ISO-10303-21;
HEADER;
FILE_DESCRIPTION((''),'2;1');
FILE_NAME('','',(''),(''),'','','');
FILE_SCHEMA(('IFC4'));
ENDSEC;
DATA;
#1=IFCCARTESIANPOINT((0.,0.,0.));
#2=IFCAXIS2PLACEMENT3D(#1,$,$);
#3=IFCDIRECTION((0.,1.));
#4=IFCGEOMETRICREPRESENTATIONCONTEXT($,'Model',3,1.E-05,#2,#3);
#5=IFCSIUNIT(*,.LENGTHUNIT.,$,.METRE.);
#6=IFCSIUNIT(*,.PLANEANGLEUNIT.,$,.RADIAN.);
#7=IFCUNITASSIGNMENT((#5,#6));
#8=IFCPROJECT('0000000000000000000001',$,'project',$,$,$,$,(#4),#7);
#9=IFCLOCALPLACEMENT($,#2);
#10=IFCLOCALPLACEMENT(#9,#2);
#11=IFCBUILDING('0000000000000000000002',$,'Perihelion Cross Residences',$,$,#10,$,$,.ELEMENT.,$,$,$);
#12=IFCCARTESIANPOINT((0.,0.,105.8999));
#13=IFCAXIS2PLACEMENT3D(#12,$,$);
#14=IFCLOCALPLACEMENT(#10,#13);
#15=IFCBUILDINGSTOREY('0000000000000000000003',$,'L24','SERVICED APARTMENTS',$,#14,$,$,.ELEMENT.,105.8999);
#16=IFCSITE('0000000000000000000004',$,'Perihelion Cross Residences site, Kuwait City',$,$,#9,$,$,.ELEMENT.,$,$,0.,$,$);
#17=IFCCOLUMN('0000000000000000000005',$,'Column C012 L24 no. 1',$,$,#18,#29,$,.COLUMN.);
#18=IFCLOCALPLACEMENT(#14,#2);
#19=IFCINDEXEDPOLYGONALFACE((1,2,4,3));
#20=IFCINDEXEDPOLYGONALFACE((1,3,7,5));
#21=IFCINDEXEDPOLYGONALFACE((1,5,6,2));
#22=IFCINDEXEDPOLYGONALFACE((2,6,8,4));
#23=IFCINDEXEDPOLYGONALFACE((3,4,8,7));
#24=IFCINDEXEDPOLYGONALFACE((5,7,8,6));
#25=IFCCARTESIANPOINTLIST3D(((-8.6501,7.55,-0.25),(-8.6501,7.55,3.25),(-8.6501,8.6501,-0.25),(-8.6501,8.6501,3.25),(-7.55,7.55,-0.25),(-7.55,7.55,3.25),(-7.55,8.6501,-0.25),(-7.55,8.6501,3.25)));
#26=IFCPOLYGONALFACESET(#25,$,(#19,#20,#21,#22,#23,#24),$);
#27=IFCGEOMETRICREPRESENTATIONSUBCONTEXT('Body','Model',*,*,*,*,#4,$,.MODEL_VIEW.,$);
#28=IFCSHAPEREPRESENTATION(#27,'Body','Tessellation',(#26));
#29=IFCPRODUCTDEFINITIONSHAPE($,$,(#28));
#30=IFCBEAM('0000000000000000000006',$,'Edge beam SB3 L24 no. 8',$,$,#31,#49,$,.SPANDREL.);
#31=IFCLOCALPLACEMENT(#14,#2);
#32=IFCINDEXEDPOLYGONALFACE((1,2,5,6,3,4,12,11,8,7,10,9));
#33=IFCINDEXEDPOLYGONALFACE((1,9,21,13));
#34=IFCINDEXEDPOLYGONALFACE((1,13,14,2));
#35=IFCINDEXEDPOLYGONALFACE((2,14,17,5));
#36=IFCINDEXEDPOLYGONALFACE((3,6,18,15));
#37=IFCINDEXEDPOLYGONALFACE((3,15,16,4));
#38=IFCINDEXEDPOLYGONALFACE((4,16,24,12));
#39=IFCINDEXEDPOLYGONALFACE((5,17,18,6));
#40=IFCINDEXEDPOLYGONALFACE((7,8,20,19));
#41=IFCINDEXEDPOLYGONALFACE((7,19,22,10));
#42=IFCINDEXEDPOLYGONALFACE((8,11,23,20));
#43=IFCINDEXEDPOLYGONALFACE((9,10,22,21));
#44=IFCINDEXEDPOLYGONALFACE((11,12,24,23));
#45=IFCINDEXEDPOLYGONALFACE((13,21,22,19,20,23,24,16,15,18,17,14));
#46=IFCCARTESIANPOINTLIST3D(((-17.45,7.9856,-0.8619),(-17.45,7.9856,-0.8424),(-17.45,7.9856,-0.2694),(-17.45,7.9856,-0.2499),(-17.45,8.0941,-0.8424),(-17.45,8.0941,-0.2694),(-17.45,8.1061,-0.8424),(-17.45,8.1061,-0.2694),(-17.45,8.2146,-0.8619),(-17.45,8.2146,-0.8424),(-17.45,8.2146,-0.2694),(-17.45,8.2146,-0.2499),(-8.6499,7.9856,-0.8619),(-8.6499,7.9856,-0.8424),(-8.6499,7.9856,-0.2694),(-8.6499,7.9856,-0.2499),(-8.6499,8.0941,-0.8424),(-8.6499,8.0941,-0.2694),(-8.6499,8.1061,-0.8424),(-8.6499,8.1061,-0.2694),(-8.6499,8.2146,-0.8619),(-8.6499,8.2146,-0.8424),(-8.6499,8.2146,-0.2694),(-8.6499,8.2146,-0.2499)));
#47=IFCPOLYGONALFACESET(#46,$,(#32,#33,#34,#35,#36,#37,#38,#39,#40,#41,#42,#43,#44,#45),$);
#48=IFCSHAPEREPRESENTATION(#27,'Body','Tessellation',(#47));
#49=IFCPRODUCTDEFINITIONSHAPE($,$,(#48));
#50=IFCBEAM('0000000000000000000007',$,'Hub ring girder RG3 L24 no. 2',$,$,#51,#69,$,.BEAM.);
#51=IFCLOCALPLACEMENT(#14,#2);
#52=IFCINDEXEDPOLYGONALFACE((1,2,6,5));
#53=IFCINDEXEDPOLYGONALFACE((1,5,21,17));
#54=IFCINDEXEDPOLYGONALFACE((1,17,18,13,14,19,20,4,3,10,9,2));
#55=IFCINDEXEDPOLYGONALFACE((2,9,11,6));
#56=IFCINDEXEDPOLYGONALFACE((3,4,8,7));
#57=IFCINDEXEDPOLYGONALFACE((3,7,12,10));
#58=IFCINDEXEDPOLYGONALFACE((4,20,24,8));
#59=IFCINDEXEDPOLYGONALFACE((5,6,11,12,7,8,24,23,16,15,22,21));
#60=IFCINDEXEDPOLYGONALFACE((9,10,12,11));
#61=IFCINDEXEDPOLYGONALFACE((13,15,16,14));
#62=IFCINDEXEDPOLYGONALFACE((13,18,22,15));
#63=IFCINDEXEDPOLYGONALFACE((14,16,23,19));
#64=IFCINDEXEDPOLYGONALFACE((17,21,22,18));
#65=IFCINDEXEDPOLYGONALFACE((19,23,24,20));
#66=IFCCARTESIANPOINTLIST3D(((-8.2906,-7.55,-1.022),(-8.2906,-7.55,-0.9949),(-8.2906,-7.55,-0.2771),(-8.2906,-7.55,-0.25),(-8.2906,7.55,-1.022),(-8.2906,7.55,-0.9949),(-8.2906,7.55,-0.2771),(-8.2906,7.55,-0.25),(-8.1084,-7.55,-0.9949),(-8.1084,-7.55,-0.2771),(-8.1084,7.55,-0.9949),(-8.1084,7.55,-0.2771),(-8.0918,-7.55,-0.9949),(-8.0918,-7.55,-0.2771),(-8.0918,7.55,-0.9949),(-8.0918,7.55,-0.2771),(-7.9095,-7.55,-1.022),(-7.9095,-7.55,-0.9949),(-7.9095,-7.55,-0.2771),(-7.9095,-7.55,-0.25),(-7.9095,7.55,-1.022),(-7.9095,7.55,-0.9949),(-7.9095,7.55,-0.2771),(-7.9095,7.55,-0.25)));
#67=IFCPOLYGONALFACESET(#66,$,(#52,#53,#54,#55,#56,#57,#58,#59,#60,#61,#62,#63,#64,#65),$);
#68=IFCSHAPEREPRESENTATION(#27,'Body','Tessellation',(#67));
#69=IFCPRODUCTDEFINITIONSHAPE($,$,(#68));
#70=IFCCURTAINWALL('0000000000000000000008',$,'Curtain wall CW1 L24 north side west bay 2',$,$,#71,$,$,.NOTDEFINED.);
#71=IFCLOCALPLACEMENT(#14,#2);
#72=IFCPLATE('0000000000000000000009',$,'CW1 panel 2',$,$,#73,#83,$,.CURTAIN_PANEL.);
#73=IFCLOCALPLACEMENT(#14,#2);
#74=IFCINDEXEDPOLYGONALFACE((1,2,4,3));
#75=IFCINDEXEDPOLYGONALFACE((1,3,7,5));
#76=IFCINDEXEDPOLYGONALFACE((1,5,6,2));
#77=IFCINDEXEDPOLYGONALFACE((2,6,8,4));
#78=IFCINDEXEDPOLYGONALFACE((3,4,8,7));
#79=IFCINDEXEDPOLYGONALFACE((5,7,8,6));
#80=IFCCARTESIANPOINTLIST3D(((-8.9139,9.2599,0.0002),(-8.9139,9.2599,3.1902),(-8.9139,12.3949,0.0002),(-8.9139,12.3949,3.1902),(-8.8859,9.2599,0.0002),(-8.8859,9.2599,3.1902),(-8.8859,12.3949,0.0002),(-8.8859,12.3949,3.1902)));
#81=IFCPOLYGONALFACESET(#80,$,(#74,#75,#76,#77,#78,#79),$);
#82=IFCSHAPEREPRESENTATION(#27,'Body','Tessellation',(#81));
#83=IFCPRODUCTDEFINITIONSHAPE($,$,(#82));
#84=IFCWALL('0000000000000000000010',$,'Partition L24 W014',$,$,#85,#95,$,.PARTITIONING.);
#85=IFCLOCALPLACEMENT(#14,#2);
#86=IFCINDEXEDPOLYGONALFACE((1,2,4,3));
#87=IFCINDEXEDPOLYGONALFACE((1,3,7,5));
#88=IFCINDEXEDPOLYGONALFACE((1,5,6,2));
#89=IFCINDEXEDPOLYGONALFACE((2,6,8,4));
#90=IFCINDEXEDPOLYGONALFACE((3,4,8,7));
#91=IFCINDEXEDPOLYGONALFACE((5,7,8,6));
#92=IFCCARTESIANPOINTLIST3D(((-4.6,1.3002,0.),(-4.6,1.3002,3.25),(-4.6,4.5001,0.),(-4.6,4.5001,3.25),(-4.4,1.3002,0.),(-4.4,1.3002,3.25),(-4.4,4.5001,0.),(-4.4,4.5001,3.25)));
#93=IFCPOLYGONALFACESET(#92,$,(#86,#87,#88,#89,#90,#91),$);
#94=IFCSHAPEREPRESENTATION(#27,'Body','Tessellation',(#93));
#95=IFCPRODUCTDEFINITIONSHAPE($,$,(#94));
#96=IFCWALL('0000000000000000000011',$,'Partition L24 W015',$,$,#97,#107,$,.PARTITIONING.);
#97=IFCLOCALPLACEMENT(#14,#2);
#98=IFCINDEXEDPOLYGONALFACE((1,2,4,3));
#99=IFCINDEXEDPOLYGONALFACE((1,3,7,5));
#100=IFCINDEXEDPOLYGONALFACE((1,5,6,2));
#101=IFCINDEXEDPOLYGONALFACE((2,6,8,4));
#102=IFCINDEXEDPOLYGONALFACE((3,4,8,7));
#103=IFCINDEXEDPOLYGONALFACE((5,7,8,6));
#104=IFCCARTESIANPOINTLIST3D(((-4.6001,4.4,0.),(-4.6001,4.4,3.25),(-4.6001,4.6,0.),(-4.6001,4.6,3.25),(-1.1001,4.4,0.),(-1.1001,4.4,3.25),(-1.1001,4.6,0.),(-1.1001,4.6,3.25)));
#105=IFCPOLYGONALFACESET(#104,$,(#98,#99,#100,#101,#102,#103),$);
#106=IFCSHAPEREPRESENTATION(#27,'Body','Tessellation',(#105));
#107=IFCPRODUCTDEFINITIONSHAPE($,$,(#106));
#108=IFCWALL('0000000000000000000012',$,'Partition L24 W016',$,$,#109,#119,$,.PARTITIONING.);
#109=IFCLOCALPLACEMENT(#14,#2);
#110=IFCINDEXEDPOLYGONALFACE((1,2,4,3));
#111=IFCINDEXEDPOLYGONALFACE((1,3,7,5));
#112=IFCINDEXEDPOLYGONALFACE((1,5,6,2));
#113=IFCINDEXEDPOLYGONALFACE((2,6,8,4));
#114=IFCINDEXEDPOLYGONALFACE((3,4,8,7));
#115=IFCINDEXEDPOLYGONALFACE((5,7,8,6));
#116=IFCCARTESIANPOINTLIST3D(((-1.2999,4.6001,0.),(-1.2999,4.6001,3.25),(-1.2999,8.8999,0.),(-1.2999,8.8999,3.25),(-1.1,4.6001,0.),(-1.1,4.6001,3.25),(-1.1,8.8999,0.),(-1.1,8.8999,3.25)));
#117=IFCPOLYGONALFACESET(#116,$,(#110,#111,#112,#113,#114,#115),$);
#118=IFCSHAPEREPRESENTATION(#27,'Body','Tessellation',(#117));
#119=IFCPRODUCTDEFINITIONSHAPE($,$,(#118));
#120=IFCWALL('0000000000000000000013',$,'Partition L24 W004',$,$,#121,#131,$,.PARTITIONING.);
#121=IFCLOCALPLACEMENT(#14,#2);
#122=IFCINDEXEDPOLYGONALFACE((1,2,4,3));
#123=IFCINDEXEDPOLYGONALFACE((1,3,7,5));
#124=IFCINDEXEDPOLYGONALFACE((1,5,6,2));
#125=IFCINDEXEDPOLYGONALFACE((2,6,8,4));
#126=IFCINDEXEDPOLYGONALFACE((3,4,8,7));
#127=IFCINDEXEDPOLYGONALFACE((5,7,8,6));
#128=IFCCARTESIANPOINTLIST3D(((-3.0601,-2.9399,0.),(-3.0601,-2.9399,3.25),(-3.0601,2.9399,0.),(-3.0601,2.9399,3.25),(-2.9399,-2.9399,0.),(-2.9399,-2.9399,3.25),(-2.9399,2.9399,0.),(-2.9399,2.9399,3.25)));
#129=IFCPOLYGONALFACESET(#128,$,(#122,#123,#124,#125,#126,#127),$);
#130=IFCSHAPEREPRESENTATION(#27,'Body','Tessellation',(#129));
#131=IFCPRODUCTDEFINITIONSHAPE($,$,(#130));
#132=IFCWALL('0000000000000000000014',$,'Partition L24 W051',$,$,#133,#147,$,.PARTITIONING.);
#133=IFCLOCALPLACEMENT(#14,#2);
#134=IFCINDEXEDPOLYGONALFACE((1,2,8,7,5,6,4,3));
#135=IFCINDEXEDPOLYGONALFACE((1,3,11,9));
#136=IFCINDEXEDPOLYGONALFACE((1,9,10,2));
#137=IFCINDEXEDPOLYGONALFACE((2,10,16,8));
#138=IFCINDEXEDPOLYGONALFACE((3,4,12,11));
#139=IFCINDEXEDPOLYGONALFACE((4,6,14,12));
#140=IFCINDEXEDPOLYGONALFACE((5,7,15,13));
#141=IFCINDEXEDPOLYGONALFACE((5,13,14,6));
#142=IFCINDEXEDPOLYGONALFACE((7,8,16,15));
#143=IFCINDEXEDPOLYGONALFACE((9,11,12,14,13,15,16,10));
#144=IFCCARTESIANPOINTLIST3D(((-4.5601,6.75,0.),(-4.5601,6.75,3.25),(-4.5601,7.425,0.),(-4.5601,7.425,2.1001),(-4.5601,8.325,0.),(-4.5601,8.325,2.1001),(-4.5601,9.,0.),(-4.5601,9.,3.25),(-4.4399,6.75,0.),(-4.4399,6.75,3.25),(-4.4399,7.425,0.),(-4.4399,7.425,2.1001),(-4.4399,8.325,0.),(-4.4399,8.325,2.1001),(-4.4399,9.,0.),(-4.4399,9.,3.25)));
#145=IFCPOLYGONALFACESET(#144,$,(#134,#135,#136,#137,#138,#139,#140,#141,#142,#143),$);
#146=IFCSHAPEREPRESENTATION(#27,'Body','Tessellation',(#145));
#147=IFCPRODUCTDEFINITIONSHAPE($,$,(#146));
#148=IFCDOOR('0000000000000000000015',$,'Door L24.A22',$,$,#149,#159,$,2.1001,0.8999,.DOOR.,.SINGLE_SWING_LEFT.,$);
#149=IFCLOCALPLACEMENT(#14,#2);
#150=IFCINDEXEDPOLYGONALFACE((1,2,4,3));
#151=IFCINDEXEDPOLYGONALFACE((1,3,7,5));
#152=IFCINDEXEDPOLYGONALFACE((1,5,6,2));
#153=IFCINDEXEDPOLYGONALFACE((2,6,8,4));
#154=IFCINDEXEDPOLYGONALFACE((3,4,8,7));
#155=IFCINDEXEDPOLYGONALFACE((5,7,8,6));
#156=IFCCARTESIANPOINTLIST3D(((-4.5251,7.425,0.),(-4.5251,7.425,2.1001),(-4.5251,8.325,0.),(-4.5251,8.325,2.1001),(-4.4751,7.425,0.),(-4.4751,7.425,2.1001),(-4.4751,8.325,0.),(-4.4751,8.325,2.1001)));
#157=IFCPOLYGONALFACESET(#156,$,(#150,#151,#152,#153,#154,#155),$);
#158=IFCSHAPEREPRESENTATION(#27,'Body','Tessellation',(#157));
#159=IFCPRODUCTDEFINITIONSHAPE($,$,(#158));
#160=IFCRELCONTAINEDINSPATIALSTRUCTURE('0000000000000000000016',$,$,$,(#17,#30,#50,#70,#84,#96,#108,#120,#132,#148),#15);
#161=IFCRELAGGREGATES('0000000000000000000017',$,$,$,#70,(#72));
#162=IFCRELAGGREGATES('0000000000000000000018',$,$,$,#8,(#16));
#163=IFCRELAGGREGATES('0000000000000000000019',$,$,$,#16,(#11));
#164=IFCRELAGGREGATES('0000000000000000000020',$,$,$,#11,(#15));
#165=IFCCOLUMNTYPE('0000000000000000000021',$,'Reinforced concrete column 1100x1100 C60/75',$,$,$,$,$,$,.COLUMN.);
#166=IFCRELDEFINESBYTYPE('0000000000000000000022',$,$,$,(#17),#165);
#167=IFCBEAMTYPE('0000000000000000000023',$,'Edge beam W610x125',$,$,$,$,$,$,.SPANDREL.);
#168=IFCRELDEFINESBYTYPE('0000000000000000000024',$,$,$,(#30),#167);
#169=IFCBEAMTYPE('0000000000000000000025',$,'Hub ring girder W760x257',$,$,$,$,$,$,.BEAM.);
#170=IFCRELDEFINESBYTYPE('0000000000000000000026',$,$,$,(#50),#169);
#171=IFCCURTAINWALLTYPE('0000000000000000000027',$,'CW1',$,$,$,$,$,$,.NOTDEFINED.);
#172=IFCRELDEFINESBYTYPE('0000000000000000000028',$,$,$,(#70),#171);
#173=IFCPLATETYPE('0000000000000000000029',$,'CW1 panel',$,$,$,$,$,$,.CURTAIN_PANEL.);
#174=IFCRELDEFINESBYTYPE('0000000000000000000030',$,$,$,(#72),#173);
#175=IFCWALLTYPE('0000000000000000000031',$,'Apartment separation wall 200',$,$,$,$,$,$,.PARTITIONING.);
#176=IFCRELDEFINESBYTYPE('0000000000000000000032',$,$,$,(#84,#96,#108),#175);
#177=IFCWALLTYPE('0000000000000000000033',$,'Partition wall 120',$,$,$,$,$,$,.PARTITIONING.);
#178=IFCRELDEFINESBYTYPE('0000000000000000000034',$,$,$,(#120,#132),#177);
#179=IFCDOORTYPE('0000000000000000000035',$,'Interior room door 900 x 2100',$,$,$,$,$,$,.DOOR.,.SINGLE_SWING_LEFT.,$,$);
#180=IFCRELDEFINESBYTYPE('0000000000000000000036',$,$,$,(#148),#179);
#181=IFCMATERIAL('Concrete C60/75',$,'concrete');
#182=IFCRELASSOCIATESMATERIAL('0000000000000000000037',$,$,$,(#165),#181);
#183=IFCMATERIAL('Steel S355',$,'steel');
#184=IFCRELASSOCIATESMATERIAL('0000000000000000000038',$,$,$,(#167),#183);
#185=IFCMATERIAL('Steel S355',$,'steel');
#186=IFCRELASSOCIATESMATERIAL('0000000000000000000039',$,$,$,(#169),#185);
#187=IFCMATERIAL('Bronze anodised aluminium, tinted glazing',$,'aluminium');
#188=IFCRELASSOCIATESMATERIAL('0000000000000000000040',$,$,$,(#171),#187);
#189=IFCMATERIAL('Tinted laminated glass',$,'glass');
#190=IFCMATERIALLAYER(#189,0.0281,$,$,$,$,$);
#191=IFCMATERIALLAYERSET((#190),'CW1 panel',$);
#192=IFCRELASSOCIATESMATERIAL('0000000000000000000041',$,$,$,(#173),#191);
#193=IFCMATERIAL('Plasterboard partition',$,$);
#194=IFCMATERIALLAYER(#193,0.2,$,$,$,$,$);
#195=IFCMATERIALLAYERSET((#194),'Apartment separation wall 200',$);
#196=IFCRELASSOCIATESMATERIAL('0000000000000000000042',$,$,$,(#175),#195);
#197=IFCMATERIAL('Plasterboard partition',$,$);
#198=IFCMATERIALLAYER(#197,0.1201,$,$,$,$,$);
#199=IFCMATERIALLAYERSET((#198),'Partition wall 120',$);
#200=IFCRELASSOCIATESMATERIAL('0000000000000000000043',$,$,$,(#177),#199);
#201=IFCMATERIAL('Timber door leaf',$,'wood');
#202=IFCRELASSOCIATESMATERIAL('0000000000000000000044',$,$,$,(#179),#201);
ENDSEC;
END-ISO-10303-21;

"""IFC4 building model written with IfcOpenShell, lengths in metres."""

from ifc_helpers import new_model, si_unit, direction, frame, frame_2d, origin, origin_2d, place, context, subcontext, project, spatial, rectangle, i_section, extrude, material, layer, layer_set, material_profile, profile_set, type_object, element, fill, aggregate, save


model = new_model("IFC4")

# Units and contexts
model_context = context("Model", 3, precision=1e-05, world=origin(), true_north=direction((0.0, 1.0)))
body_context = subcontext(model_context, "Body", "Model", "MODEL_VIEW")
ifc_project = project(units=[si_unit("LENGTHUNIT", "METRE"), si_unit("PLANEANGLEUNIT", "RADIAN")], contexts=[model_context])

# Site, building, storey
site_placement = place(None, origin())
site = spatial("IfcSite", under=ifc_project, at=site_placement, Name="Perihelion Cross Residences site, Kuwait City", CompositionType="ELEMENT", RefElevation=0.0)
building_placement = place(site_placement, origin())
building = spatial("IfcBuilding", under=site, at=building_placement, Name="Perihelion Cross Residences", CompositionType="ELEMENT")
storey_placement = place(building_placement, frame((0.0, 0.0, 105.8999)))
storey = spatial("IfcBuildingStorey", under=building, at=storey_placement, Name="L24", Description="SERVICED APARTMENTS", CompositionType="ELEMENT", Elevation=105.8999)

# Column
ifc_material_1 = material(Name="Concrete C60/75", Category="concrete")
ifc_material_profile_1 = material_profile(ifc_material_1, rectangle(XDim=1.1001, YDim=1.1001, at=origin_2d()), Name="RC 1100x1100")
ifc_profile_set_1 = profile_set([ifc_material_profile_1], Name="Concrete C60/75")
column_type = type_object("IfcColumnType", Name="Reinforced concrete column 1100x1100 C60/75", PredefinedType="COLUMN", material=ifc_profile_set_1)
column_placement = place(storey_placement, frame((-8.1001, 8.1001, -0.25), z_axis=(0.0, 0.0, 1.0), x_axis=(1.0, 0.0, 0.0)))
element("IfcColumn", 1, at=column_placement, inside=storey, type_object=column_type, Name="Column C012 L24 no. 1", PredefinedType="COLUMN", context=body_context, shape_type="SweptSolid", body=[
    extrude(rectangle(XDim=1.1001, YDim=1.1001, at=origin_2d()), origin(), (0.0, 0.0, 1.0), 3.5),
])

# Beams
ifc_material_2 = material(Name="Steel S355", Category="steel")
ifc_material_profile_2 = material_profile(ifc_material_2, i_section(OverallWidth=0.229, OverallDepth=0.6121, WebThickness=0.012, FlangeThickness=0.0195, at=origin_2d()), Name="W610x125")
ifc_profile_set_2 = profile_set([ifc_material_profile_2], Name="Steel S355")
beam_type_1 = type_object("IfcBeamType", Name="Edge beam W610x125", PredefinedType="SPANDREL", material=ifc_profile_set_2)
beam_1_placement = place(storey_placement, frame((-8.6499, 8.1001, -0.5559), z_axis=(-1.0, 0.0, 0.0), x_axis=(0.0, -1.0, 0.0)))
element("IfcBeam", 2, at=beam_1_placement, inside=storey, type_object=beam_type_1, Name="Edge beam SB3 L24 no. 8", PredefinedType="SPANDREL", context=body_context, shape_type="SweptSolid", body=[
    extrude(i_section(OverallWidth=0.229, OverallDepth=0.6121, WebThickness=0.012, FlangeThickness=0.0195, at=origin_2d()), origin(), (0.0, 0.0, 1.0), 8.8),
])
ifc_material_3 = material(Name="Steel S355", Category="steel")
ifc_material_profile_3 = material_profile(ifc_material_3, i_section(OverallWidth=0.3811, OverallDepth=0.772, WebThickness=0.0166, FlangeThickness=0.0271, at=origin_2d()), Name="W760x257")
ifc_profile_set_3 = profile_set([ifc_material_profile_3], Name="Steel S355")
beam_type_2 = type_object("IfcBeamType", Name="Hub ring girder W760x257", PredefinedType="BEAM", material=ifc_profile_set_3)
beam_2_placement = place(storey_placement, frame((-8.1001, 7.55, -0.636), z_axis=(0.0, -1.0, 0.0), x_axis=(1.0, 0.0, 0.0)))
element("IfcBeam", 3, at=beam_2_placement, inside=storey, type_object=beam_type_2, Name="Hub ring girder RG3 L24 no. 2", PredefinedType="BEAM", context=body_context, shape_type="SweptSolid", body=[
    extrude(i_section(OverallWidth=0.3811, OverallDepth=0.772, WebThickness=0.0166, FlangeThickness=0.0271, at=origin_2d()), origin(), (0.0, 0.0, 1.0), 15.1001),
])

# Curtain wall, plate
ifc_material_4 = material(Name="Bronze anodised aluminium, tinted glazing", Category="aluminium")
curtain_wall_type = type_object("IfcCurtainWallType", Name="CW1", PredefinedType="NOTDEFINED", material=ifc_material_4)
curtain_wall_placement = place(storey_placement, origin())
curtain_wall = element("IfcCurtainWall", 4, at=curtain_wall_placement, inside=storey, type_object=curtain_wall_type, Name="Curtain wall CW1 L24 north side west bay 2", PredefinedType="NOTDEFINED")
ifc_material_5 = material(Name="Tinted laminated glass", Category="glass")
ifc_layer_1 = layer(ifc_material_5, 0.0281)
ifc_layer_set_1 = layer_set([ifc_layer_1], Name="CW1 panel")
plate_type = type_object("IfcPlateType", Name="CW1 panel", PredefinedType="CURTAIN_PANEL", material=ifc_layer_set_1)
plate_placement = place(storey_placement, frame((-8.8999, 10.8274, 0.0002), z_axis=(0.0, 0.0, 1.0), x_axis=(0.0, -1.0, 0.0)))
plate = element("IfcPlate", 5, at=plate_placement, type_object=plate_type, Name="CW1 panel 2", PredefinedType="CURTAIN_PANEL", context=body_context, shape_type="SweptSolid", body=[
    extrude(rectangle(XDim=3.135, YDim=0.0281, at=origin_2d()), origin(), (0.0, 0.0, 1.0), 3.1899),
])
aggregate(curtain_wall, [plate])

# Walls
ifc_material_6 = material(Name="Plasterboard partition")
ifc_layer_2 = layer(ifc_material_6, 0.2)
ifc_layer_set_2 = layer_set([ifc_layer_2], Name="Apartment separation wall 200")
wall_type_1 = type_object("IfcWallType", Name="Apartment separation wall 200", PredefinedType="PARTITIONING", material=ifc_layer_set_2)
wall_1_placement = place(storey_placement, frame((-4.5, 1.3, 0.0), z_axis=(0.0, 0.0, 1.0), x_axis=(0.0, 1.0, 0.0)))
element("IfcWall", 6, at=wall_1_placement, inside=storey, type_object=wall_type_1, Name="Partition L24 W014", PredefinedType="PARTITIONING", context=body_context, shape_type="SweptSolid", body=[
    extrude(rectangle(XDim=3.2, YDim=0.2, at=frame_2d((1.6001, 0.0))), origin(), (0.0, 0.0, 1.0), 3.25),
])
wall_2_placement = place(storey_placement, frame((-4.6001, 4.5, 0.0), z_axis=(0.0, 0.0, 1.0), x_axis=(1.0, 0.0, 0.0)))
element("IfcWall", 7, at=wall_2_placement, inside=storey, type_object=wall_type_1, Name="Partition L24 W015", PredefinedType="PARTITIONING", context=body_context, shape_type="SweptSolid", body=[
    extrude(rectangle(XDim=3.5, YDim=0.2, at=frame_2d((1.75, 0.0))), origin(), (0.0, 0.0, 1.0), 3.25),
])
wall_3_placement = place(storey_placement, frame((-1.2, 4.6001, 0.0), z_axis=(0.0, 0.0, 1.0), x_axis=(0.0, 1.0, 0.0)))
element("IfcWall", 8, at=wall_3_placement, inside=storey, type_object=wall_type_1, Name="Partition L24 W016", PredefinedType="PARTITIONING", context=body_context, shape_type="SweptSolid", body=[
    extrude(rectangle(XDim=4.2998, YDim=0.2, at=frame_2d((2.1499, 0.0))), origin(), (0.0, 0.0, 1.0), 3.25),
])
ifc_material_7 = material(Name="Plasterboard partition")
ifc_layer_3 = layer(ifc_material_7, 0.1201)
ifc_layer_set_3 = layer_set([ifc_layer_3], Name="Partition wall 120")
wall_type_2 = type_object("IfcWallType", Name="Partition wall 120", PredefinedType="PARTITIONING", material=ifc_layer_set_3)
wall_4_placement = place(storey_placement, frame((-3.0, 2.9399, 0.0), z_axis=(0.0, 0.0, 1.0), x_axis=(0.0, -1.0, 0.0)))
element("IfcWall", 9, at=wall_4_placement, inside=storey, type_object=wall_type_2, Name="Partition L24 W004", PredefinedType="PARTITIONING", context=body_context, shape_type="SweptSolid", body=[
    extrude(rectangle(XDim=5.8799, YDim=0.1201, at=frame_2d((2.9399, 0.0))), origin(), (0.0, 0.0, 1.0), 3.25),
])

# Wall, opening, door
wall_5_placement = place(storey_placement, frame((-4.5, 9.0, 0.0), z_axis=(0.0, 0.0, 1.0), x_axis=(0.0, -1.0, 0.0)))
wall_5 = element("IfcWall", 10, at=wall_5_placement, inside=storey, type_object=wall_type_2, Name="Partition L24 W051", PredefinedType="PARTITIONING", context=body_context, shape_type="SweptSolid", body=[
    extrude(rectangle(XDim=2.25, YDim=0.1201, at=frame_2d((1.125, 0.0))), origin(), (0.0, 0.0, 1.0), 3.25),
])
opening_1_placement = place(wall_5_placement, frame((0.675, 0.0, 0.0)))
opening_1 = element("IfcOpeningElement", 11, at=opening_1_placement, cuts=wall_5, PredefinedType="OPENING", context=body_context, shape_type="SweptSolid", body=[
    extrude(rectangle(XDim=0.8999, YDim=2.1001, at=frame_2d((0.45, 1.05))), frame((0.0, 0.0701, 0.0), z_axis=(0.0, -1.0, 0.0), x_axis=(1.0, 0.0, 0.0)), (0.0, 0.0, 1.0), 0.1401),
])
ifc_material_8 = material(Name="Timber door leaf", Category="wood")
door_type_1 = type_object("IfcDoorType", Name="Interior room door 900 x 2100", OperationType="SINGLE_SWING_LEFT", PredefinedType="DOOR", material=ifc_material_8)
door_1_placement = place(opening_1_placement, origin())
door_1 = element("IfcDoor", 12, at=door_1_placement, inside=storey, type_object=door_type_1, Name="Door L24.A22", OperationType="SINGLE_SWING_LEFT", OverallHeight=2.1001, OverallWidth=0.8999, PredefinedType="DOOR", context=body_context, shape_type="SweptSolid", body=[
    extrude(rectangle(XDim=0.8999, YDim=2.1001, at=frame_2d((0.45, 1.05))), frame((0.0, 0.0249, 0.0), z_axis=(0.0, -1.0, 0.0), x_axis=(1.0, 0.0, 0.0)), (0.0, 0.0, 1.0), 0.05),
])
fill(opening_1, door_1)

save(model, "model.ifc")
